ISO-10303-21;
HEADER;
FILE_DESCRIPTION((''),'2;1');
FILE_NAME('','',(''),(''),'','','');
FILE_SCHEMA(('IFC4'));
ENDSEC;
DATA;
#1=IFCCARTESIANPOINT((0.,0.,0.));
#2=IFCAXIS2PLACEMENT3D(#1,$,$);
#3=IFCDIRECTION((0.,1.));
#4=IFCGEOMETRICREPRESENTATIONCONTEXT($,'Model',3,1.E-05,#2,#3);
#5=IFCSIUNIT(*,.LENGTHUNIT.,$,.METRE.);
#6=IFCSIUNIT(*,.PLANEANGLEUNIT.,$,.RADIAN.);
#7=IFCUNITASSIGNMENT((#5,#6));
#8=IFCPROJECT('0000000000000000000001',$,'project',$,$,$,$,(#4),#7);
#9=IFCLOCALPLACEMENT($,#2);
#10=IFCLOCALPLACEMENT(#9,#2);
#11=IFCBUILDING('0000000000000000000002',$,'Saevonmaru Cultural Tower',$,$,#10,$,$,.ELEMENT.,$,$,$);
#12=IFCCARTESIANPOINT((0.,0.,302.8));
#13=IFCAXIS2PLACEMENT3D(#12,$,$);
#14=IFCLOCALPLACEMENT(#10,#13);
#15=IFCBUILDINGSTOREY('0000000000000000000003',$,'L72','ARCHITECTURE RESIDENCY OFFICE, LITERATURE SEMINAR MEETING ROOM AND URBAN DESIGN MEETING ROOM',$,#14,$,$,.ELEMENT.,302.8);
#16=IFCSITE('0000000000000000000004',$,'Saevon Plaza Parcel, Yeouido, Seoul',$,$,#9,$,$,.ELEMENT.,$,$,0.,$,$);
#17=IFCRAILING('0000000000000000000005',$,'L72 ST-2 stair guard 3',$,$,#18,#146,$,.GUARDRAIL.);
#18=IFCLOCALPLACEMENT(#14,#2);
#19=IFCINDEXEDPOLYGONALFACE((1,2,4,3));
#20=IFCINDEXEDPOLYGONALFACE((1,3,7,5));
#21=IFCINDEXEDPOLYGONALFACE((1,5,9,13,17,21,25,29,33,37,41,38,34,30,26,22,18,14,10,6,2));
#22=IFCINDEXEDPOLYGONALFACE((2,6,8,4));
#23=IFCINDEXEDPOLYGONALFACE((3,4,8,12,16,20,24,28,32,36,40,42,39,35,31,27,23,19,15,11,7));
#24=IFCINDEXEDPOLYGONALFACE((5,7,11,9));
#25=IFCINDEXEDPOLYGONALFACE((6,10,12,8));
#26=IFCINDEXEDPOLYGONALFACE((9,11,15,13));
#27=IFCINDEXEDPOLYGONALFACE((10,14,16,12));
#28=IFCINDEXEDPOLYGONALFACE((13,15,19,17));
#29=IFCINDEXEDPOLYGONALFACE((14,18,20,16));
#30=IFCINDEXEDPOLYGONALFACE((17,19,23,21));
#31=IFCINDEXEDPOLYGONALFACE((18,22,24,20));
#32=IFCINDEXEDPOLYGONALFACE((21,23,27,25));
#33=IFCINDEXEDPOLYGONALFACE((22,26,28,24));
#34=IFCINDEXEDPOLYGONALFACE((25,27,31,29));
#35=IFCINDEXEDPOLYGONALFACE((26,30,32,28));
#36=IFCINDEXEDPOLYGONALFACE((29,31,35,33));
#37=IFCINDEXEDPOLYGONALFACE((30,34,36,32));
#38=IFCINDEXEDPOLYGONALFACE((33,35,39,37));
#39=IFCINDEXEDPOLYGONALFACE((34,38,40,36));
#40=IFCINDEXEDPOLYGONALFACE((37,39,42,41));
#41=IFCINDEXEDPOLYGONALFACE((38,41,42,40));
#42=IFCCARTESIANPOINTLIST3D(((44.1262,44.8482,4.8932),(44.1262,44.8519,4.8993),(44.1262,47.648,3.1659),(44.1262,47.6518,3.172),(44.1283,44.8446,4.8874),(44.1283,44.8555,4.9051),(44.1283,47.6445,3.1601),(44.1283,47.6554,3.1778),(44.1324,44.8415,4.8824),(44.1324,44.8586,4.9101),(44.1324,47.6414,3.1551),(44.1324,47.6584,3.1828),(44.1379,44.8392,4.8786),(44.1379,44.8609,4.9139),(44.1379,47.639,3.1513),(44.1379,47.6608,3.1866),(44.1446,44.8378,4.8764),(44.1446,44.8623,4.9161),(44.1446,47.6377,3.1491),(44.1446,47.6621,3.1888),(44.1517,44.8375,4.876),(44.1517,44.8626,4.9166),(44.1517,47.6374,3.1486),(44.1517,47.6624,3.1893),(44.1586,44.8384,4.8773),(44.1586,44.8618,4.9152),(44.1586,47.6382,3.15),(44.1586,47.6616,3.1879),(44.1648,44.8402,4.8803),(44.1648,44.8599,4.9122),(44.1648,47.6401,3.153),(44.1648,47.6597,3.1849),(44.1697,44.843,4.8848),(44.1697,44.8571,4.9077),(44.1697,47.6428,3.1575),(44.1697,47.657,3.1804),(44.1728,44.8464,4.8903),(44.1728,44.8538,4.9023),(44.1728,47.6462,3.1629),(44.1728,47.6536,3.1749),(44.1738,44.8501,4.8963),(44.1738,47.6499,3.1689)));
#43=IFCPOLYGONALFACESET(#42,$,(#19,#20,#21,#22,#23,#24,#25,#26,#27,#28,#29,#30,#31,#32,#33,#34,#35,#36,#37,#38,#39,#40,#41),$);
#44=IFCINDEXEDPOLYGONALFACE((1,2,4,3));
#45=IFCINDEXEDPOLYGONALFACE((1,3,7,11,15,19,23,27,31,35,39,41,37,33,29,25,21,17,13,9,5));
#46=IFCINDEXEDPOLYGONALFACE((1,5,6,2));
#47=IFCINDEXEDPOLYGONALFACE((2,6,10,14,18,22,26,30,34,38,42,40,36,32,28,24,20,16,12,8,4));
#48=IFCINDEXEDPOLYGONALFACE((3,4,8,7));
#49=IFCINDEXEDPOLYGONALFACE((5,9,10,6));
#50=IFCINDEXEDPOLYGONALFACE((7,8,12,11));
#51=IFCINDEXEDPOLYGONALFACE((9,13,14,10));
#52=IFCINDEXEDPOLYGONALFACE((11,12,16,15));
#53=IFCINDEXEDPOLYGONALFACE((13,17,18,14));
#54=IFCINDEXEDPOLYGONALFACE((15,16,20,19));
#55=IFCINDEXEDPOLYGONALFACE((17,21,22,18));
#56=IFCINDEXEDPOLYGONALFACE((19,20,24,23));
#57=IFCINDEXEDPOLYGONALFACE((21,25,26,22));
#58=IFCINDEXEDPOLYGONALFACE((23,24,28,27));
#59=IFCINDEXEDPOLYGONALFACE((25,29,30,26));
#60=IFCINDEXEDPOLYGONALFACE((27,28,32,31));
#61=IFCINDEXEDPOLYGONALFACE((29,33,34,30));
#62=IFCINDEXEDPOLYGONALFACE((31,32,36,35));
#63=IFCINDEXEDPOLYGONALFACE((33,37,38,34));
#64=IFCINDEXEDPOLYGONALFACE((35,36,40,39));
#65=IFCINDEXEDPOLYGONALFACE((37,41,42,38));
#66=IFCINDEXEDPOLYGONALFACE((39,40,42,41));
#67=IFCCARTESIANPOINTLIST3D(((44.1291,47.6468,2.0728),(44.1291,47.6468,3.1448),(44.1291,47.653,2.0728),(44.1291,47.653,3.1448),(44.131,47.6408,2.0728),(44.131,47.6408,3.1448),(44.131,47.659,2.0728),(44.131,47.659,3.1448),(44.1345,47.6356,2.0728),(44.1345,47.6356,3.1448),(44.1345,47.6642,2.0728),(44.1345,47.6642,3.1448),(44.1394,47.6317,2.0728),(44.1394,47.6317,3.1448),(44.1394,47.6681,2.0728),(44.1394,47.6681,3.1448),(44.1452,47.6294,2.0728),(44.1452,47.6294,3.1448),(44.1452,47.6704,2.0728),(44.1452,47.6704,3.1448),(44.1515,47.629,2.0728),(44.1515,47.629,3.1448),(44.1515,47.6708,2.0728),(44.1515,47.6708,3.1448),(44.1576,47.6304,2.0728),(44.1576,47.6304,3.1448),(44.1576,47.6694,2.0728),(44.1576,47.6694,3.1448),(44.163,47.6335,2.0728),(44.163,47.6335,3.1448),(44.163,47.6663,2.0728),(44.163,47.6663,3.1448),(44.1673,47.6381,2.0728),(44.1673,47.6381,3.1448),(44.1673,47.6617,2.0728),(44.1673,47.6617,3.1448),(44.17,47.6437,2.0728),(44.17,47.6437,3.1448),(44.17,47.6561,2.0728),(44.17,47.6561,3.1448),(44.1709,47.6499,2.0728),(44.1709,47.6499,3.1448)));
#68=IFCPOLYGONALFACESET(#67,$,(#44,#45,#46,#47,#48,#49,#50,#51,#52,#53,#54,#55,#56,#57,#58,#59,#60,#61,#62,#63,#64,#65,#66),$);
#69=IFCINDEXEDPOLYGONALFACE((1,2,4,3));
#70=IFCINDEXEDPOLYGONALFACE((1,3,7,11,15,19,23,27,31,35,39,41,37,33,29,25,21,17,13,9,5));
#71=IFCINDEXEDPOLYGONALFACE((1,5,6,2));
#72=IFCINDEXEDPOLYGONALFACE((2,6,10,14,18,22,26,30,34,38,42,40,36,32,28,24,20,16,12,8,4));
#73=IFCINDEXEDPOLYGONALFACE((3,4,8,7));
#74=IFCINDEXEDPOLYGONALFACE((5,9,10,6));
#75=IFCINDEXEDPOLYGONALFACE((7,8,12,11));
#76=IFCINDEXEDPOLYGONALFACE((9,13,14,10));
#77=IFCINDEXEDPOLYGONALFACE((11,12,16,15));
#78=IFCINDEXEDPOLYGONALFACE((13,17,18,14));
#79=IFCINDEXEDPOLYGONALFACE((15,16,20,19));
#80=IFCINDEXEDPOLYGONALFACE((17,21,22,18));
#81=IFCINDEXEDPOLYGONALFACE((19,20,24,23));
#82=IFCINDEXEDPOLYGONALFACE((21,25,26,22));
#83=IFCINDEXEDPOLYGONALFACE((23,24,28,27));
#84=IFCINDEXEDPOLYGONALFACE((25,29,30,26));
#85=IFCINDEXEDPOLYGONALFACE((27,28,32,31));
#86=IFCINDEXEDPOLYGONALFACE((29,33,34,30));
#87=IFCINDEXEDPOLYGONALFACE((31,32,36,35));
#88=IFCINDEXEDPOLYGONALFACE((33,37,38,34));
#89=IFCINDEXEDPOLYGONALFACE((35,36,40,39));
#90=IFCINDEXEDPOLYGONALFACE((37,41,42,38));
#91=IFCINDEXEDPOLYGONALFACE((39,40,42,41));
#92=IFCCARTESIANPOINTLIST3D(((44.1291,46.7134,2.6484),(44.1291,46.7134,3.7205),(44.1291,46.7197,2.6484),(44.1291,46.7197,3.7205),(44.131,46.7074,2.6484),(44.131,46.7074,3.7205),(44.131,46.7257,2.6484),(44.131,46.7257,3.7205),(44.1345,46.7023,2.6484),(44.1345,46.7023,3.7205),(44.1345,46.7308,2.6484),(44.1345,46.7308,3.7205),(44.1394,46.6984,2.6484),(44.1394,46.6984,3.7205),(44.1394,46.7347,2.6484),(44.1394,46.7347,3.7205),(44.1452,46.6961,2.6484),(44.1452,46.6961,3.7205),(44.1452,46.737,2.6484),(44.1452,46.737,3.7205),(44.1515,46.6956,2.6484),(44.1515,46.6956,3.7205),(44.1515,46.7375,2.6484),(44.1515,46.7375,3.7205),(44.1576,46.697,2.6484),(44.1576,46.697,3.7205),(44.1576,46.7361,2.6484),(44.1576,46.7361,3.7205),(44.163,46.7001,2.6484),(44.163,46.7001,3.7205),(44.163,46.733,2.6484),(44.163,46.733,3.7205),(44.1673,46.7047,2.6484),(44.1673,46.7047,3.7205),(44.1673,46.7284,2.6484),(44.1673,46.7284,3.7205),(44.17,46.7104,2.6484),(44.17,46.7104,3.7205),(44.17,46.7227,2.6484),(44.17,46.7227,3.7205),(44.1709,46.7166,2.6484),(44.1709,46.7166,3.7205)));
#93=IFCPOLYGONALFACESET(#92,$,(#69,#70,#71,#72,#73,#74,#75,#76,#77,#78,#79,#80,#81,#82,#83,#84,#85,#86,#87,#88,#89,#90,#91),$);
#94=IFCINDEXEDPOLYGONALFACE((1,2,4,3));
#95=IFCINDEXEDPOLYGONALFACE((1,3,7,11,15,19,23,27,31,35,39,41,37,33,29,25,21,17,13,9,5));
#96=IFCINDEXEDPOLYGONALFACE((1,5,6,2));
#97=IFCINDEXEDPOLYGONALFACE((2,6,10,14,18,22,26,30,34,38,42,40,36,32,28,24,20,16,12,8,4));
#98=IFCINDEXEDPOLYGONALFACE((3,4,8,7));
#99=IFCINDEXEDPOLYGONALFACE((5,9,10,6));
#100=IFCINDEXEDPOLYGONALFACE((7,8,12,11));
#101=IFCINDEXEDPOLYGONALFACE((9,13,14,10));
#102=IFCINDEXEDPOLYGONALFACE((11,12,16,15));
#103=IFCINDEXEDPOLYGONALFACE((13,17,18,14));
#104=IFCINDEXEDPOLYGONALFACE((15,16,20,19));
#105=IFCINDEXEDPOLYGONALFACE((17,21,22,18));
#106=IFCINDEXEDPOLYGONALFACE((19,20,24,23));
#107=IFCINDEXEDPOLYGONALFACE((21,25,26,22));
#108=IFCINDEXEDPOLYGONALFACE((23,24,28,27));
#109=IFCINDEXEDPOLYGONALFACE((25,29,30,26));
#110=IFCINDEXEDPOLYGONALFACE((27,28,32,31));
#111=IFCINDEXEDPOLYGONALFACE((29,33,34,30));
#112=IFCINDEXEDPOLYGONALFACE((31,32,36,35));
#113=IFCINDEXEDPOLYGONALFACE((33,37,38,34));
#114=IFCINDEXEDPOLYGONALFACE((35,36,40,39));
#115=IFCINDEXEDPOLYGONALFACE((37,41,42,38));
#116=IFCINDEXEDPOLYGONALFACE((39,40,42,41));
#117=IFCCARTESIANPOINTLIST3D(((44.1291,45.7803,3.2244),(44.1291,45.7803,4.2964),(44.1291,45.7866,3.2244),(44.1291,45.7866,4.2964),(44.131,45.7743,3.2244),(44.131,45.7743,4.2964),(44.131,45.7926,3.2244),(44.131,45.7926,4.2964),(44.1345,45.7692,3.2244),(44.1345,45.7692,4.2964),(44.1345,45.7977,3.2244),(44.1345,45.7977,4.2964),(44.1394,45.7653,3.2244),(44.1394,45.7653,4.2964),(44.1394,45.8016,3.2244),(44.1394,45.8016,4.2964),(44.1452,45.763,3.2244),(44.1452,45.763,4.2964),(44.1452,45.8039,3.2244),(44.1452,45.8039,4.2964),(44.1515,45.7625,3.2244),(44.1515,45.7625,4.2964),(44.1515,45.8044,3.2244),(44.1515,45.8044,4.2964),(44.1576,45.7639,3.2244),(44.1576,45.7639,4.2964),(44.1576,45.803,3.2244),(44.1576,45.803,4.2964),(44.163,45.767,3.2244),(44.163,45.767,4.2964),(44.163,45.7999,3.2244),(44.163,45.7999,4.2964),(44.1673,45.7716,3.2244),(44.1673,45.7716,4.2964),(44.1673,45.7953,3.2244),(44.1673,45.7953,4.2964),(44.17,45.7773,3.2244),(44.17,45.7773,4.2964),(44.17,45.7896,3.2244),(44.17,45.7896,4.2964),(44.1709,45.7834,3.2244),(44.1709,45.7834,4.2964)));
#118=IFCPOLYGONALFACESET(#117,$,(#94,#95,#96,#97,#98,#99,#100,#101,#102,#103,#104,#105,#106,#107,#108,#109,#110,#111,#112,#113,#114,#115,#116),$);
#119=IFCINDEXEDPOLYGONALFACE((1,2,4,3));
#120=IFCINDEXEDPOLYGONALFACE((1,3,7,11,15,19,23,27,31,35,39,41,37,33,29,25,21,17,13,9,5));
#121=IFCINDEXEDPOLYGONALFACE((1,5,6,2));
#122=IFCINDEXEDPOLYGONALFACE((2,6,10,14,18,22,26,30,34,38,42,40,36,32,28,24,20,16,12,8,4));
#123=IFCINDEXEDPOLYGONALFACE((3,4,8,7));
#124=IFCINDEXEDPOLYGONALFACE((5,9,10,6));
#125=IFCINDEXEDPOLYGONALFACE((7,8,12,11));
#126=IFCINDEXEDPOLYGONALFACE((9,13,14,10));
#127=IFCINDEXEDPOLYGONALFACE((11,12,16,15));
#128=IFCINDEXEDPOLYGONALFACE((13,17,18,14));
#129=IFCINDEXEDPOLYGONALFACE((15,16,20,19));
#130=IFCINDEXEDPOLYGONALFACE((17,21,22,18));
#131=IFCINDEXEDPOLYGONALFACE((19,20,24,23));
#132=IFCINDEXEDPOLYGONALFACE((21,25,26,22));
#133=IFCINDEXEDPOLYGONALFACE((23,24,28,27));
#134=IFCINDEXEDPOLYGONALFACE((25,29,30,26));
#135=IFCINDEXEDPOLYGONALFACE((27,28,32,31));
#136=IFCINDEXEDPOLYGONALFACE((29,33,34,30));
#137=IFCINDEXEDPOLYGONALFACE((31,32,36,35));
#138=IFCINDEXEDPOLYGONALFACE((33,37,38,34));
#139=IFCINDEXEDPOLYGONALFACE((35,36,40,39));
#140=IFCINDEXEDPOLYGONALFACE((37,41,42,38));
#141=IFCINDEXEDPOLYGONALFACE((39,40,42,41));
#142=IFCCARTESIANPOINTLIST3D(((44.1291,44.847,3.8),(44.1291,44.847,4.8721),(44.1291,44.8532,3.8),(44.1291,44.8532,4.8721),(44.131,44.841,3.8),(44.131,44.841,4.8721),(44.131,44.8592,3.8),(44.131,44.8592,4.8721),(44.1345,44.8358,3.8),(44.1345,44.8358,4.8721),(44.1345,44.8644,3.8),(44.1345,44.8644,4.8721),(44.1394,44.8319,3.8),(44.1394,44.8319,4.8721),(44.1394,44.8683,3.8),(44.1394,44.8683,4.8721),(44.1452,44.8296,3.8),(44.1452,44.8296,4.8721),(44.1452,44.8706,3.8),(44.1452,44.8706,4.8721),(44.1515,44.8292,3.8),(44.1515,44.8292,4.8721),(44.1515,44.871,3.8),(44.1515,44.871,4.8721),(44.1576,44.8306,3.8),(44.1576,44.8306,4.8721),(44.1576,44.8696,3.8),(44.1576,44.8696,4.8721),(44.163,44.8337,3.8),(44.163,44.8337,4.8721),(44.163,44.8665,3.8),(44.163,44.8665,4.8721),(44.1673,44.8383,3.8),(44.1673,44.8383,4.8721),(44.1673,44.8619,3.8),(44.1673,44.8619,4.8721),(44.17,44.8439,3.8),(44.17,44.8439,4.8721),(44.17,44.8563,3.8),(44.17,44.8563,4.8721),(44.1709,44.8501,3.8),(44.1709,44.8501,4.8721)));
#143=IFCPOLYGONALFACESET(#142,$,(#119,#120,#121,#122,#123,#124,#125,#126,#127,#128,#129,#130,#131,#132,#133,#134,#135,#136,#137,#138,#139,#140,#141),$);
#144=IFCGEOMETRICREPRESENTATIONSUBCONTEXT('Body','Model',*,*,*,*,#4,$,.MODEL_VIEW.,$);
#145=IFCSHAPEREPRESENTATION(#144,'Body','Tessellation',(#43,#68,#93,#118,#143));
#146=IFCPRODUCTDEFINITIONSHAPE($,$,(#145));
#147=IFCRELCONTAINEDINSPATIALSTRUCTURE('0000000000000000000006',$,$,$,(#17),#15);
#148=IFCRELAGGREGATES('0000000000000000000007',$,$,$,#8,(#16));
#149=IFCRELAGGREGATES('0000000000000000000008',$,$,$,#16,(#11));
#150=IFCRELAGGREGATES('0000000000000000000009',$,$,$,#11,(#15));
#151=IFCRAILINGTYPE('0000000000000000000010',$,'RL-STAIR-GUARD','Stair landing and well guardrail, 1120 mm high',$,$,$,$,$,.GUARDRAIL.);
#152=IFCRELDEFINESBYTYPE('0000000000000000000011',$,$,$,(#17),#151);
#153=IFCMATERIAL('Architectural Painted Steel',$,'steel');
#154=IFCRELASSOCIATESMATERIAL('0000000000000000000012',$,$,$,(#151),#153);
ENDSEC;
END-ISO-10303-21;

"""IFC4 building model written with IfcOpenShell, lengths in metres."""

from ifc_helpers import new_model, si_unit, direction, frame, origin, origin_2d, place, context, subcontext, project, spatial, circle, extrude, material, type_object, element, save


model = new_model("IFC4")

# Units and contexts
model_context = context("Model", 3, precision=1e-05, world=origin(), true_north=direction((0.0, 1.0)))
body_context = subcontext(model_context, "Body", "Model", "MODEL_VIEW")
ifc_project = project(units=[si_unit("LENGTHUNIT", "METRE"), si_unit("PLANEANGLEUNIT", "RADIAN")], contexts=[model_context])

# Site, building, storey
site_placement = place(None, origin())
site = spatial("IfcSite", under=ifc_project, at=site_placement, Name="Saevon Plaza Parcel, Yeouido, Seoul", CompositionType="ELEMENT", RefElevation=0.0)
building_placement = place(site_placement, origin())
building = spatial("IfcBuilding", under=site, at=building_placement, Name="Saevonmaru Cultural Tower", CompositionType="ELEMENT")
storey_placement = place(building_placement, frame((0.0, 0.0, 302.8)))
storey = spatial("IfcBuildingStorey", under=building, at=storey_placement, Name="L72", Description="ARCHITECTURE RESIDENCY OFFICE, LITERATURE SEMINAR MEETING ROOM AND URBAN DESIGN MEETING ROOM", CompositionType="ELEMENT", Elevation=302.8)

# Railing
ifc_material_1 = material(Name="Architectural Painted Steel", Category="steel")
railing_type_1 = type_object("IfcRailingType", Name="RL-STAIR-GUARD", Description="Stair landing and well guardrail, 1120 mm high", PredefinedType="GUARDRAIL", material=ifc_material_1)
railing_1_placement = place(storey_placement, frame((44.1499, 47.6499, 2.0728)))
element("IfcRailing", 1, at=railing_1_placement, inside=storey, type_object=railing_type_1, Name="L72 ST-2 stair guard 3", PredefinedType="GUARDRAIL", context=body_context, shape_type="SweptSolid", body=[
    extrude(circle(Radius=0.0239, at=origin_2d()), frame((0.0, 0.0, 1.0962), z_axis=(0.0, -0.851069, 0.525054), x_axis=(1.0, 0.0, 0.0)), (0.0, 0.0, 1.0), 3.2898),
    extrude(circle(Radius=0.021, at=origin_2d()), origin(), (0.0, 0.0, 1.0), 1.072),
    extrude(circle(Radius=0.021, at=origin_2d()), frame((0.0, -0.9333, 0.5757)), (0.0, 0.0, 1.0), 1.072),
    extrude(circle(Radius=0.021, at=origin_2d()), frame((0.0, -1.8665, 1.1516)), (0.0, 0.0, 1.0), 1.072),
    extrude(circle(Radius=0.021, at=origin_2d()), frame((0.0, -2.7998, 1.7273)), (0.0, 0.0, 1.0), 1.072),
])

save(model, "model.ifc")
